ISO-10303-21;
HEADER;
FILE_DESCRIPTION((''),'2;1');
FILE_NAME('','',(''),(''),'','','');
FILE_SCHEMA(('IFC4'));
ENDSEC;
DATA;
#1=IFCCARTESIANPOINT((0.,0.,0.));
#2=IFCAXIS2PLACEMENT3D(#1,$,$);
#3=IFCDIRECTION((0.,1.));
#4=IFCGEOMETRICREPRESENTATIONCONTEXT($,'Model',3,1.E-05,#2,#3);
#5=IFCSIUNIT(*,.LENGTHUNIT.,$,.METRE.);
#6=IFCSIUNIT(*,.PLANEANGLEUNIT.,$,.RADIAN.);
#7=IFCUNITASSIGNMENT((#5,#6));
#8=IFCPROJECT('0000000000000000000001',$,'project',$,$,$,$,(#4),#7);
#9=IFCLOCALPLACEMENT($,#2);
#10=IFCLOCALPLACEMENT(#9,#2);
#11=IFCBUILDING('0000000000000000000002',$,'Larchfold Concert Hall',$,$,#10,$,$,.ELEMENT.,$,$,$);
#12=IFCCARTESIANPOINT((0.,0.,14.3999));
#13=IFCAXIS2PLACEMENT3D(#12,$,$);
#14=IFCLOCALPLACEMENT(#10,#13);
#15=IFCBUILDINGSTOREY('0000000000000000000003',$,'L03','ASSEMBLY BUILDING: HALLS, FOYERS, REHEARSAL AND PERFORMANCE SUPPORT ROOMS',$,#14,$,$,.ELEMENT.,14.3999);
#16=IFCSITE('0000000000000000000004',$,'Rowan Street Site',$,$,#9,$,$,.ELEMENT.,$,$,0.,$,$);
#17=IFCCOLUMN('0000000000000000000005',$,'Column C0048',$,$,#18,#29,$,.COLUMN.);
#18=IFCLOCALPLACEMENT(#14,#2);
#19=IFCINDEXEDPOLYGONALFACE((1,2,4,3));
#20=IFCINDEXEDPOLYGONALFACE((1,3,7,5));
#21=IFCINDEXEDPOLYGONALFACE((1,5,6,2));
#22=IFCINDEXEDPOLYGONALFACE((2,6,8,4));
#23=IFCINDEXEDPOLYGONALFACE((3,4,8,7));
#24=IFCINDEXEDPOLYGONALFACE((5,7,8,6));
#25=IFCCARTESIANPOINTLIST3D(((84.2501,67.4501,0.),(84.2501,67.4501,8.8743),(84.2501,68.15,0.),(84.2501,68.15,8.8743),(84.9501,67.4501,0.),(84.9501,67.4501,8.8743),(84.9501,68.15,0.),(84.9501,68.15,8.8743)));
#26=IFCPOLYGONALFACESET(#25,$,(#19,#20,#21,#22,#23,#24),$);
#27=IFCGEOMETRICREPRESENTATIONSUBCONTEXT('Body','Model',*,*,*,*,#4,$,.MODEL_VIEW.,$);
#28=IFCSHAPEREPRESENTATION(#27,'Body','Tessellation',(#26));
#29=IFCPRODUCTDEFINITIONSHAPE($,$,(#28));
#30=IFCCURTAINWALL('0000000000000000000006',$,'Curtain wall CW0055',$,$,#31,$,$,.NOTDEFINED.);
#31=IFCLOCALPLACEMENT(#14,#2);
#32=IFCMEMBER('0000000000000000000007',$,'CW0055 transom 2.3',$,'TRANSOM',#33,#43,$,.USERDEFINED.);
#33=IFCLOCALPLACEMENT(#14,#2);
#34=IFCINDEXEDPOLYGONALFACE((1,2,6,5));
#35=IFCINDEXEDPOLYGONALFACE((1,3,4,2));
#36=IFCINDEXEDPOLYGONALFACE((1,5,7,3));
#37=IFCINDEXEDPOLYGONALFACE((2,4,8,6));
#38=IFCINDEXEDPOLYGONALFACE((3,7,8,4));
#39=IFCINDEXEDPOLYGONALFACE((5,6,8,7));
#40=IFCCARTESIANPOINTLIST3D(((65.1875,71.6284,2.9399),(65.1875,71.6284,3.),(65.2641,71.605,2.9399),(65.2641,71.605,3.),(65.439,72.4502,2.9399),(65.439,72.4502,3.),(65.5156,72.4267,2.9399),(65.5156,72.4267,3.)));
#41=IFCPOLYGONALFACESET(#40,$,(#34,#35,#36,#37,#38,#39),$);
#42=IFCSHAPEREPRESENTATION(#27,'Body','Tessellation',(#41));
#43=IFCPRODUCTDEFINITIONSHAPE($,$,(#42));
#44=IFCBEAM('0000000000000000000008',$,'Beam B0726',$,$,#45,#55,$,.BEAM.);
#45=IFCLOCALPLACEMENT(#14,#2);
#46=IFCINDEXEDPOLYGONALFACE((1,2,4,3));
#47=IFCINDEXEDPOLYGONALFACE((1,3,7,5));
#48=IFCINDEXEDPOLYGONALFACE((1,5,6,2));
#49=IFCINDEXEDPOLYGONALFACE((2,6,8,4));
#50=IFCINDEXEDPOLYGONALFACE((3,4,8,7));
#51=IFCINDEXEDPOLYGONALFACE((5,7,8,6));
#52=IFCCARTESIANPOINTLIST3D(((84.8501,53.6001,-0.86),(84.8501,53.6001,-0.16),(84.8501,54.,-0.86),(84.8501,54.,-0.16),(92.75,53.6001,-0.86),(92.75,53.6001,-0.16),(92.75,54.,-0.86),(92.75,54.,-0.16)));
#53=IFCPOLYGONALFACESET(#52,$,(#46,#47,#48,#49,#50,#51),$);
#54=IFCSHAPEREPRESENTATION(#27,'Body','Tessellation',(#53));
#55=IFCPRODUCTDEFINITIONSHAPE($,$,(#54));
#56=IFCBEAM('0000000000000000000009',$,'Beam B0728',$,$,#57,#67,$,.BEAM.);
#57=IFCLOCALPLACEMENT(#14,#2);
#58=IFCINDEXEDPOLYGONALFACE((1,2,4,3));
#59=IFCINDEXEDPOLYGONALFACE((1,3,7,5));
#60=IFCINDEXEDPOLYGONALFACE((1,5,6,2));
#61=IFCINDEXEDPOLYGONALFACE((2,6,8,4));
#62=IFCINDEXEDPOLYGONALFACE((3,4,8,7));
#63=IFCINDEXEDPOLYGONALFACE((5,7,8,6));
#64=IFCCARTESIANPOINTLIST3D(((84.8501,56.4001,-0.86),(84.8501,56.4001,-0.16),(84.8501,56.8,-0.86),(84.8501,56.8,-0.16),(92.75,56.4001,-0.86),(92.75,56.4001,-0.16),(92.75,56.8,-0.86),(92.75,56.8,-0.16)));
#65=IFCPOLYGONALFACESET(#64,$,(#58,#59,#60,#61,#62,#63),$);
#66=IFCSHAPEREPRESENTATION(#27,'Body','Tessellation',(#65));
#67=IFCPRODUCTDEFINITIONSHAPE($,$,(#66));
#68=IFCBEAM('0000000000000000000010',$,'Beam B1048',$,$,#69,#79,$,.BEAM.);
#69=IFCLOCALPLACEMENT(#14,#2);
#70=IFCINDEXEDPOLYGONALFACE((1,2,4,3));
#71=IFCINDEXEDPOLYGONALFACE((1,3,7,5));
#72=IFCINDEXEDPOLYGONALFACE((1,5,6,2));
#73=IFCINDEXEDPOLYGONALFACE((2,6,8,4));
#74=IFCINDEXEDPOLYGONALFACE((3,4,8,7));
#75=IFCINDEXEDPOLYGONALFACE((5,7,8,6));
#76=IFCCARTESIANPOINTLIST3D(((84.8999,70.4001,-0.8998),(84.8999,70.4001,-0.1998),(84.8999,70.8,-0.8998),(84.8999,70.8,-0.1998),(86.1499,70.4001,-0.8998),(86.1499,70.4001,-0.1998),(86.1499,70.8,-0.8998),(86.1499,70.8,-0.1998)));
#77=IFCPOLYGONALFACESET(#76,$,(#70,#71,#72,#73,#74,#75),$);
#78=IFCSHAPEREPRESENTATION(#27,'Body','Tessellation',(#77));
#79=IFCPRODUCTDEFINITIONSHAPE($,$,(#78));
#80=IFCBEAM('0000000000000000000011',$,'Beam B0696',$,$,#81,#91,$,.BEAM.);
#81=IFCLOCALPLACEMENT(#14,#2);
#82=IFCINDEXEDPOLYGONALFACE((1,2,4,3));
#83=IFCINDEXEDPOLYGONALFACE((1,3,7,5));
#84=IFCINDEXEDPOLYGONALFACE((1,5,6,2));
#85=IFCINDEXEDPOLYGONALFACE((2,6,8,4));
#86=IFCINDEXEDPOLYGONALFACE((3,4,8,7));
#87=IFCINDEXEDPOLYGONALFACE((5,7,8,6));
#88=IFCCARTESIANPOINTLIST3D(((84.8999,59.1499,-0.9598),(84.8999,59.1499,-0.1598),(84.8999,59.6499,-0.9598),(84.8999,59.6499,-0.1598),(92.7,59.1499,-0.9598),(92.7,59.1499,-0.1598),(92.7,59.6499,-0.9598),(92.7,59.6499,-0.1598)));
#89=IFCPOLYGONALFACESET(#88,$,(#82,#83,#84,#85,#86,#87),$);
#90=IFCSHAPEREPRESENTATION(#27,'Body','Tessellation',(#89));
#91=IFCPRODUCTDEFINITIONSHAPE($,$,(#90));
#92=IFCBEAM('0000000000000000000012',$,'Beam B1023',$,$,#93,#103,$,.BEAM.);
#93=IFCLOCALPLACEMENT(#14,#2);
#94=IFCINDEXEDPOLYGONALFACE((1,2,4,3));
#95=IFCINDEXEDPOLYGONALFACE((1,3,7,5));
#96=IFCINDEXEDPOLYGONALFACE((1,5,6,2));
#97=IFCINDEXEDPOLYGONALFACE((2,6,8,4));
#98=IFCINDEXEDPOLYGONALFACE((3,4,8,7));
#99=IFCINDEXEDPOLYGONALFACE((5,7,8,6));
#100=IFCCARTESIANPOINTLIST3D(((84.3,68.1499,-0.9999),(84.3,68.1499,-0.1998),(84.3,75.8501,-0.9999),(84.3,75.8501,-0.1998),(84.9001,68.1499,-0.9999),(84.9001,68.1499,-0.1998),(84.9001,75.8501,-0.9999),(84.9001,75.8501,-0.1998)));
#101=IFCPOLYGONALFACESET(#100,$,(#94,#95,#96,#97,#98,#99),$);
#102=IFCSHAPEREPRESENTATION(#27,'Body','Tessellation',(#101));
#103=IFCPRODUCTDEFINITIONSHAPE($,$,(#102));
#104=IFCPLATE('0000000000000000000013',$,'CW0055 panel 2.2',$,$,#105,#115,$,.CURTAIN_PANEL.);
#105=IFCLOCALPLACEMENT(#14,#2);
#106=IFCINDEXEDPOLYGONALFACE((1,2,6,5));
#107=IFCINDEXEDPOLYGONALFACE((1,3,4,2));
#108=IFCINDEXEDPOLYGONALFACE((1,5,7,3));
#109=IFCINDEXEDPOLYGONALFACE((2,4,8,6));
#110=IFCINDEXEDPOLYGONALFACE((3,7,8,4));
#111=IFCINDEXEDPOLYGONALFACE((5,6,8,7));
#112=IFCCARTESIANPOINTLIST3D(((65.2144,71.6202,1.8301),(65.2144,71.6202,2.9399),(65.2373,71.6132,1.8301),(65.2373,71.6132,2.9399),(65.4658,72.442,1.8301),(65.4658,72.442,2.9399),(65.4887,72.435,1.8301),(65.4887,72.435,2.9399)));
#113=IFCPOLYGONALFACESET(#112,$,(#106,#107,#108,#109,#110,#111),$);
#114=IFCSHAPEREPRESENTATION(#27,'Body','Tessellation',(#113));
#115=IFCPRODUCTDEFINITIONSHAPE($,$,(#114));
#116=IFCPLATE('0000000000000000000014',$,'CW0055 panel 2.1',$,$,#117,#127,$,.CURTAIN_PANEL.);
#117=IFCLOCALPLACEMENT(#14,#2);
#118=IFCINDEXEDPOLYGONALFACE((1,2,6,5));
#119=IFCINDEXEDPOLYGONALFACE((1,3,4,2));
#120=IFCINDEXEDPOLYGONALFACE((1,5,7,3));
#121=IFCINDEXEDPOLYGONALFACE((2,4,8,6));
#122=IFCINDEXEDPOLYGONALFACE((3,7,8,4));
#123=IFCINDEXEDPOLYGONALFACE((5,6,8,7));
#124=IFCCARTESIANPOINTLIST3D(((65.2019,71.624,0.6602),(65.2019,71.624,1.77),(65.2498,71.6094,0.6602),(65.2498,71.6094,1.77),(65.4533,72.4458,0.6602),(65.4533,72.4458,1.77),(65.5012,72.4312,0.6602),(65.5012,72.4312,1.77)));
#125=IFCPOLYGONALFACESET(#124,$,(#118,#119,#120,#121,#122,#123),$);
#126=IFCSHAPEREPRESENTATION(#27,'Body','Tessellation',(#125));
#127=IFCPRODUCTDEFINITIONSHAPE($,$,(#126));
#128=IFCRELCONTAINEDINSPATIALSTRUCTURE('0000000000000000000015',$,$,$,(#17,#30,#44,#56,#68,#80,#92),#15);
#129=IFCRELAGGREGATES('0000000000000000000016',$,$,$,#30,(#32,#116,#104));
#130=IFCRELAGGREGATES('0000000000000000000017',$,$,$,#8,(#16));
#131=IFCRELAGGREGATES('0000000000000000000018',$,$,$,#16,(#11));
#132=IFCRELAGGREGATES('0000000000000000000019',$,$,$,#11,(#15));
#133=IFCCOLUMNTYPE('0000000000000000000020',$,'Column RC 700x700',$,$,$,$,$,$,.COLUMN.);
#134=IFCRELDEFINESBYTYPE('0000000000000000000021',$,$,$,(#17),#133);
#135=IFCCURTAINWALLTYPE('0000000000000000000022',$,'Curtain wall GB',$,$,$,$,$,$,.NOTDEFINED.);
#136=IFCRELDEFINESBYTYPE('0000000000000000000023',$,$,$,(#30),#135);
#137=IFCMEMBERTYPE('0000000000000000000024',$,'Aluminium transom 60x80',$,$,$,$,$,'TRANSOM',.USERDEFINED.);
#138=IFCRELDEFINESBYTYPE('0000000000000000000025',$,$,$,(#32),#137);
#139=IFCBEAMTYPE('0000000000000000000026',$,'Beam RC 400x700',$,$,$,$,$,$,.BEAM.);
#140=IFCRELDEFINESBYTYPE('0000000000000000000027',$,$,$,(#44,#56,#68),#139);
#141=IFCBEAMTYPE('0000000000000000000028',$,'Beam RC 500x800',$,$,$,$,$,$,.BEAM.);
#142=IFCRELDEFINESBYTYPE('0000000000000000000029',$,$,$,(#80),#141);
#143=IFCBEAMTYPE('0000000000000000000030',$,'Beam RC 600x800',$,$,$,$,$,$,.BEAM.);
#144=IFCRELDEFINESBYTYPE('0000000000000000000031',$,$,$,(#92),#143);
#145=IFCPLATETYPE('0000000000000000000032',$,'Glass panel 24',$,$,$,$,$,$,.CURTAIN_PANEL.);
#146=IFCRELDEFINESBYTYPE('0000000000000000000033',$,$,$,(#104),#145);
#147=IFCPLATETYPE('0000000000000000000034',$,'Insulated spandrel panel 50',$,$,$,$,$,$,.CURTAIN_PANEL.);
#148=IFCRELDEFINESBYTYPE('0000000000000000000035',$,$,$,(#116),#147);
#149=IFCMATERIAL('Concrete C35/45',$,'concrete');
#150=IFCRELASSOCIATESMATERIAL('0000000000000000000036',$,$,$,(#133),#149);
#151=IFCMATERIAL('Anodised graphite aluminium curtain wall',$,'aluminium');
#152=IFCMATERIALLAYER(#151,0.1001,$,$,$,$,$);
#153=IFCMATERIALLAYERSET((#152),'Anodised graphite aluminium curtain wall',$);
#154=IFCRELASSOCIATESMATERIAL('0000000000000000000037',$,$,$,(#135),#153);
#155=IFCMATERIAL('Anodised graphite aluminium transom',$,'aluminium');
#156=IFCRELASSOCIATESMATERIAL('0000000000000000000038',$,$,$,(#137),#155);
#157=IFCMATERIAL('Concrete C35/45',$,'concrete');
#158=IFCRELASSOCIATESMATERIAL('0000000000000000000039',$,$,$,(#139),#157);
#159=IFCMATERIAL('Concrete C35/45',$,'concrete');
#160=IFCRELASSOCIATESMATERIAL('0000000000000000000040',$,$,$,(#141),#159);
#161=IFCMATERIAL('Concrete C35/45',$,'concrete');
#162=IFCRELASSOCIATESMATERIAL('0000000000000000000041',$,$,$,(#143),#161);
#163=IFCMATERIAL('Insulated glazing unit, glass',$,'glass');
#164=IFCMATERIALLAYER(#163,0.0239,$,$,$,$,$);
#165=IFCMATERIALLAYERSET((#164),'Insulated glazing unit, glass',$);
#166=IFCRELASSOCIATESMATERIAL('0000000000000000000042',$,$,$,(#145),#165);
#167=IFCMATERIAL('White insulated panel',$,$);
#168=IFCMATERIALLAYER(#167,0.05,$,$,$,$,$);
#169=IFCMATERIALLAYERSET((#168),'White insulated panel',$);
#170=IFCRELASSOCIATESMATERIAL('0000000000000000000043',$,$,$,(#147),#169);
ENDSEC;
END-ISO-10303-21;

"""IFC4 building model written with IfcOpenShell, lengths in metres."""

from ifc_helpers import new_model, si_unit, direction, frame, origin, origin_2d, place, context, subcontext, project, spatial, rectangle, extrude, material, layer, layer_set, material_profile, profile_set, type_object, element, aggregate, save


model = new_model("IFC4")

# Units and contexts
model_context = context("Model", 3, precision=1e-05, world=origin(), true_north=direction((0.0, 1.0)))
body_context = subcontext(model_context, "Body", "Model", "MODEL_VIEW")
ifc_project = project(units=[si_unit("LENGTHUNIT", "METRE"), si_unit("PLANEANGLEUNIT", "RADIAN")], contexts=[model_context])

# Site, building, storey
site_placement = place(None, origin())
site = spatial("IfcSite", under=ifc_project, at=site_placement, Name="Rowan Street Site", CompositionType="ELEMENT", RefElevation=0.0)
building_placement = place(site_placement, origin())
building = spatial("IfcBuilding", under=site, at=building_placement, Name="Larchfold Concert Hall", CompositionType="ELEMENT")
storey_placement = place(building_placement, frame((0.0, 0.0, 14.3999)))
storey = spatial("IfcBuildingStorey", under=building, at=storey_placement, Name="L03", Description="ASSEMBLY BUILDING: HALLS, FOYERS, REHEARSAL AND PERFORMANCE SUPPORT ROOMS", CompositionType="ELEMENT", Elevation=14.3999)

# Column
ifc_material_1 = material(Name="Concrete C35/45", Category="concrete")
ifc_material_profile_1 = material_profile(ifc_material_1, rectangle(XDim=0.7, YDim=0.7, at=origin_2d()))
ifc_profile_set_1 = profile_set([ifc_material_profile_1], Name="Concrete C35/45")
column_type = type_object("IfcColumnType", Name="Column RC 700x700", PredefinedType="COLUMN", material=ifc_profile_set_1)
column_placement = place(storey_placement, frame((84.6001, 67.8, 0.0), z_axis=(0.0, 0.0, 1.0), x_axis=(1.0, 0.0, 0.0)))
element("IfcColumn", 1, at=column_placement, inside=storey, type_object=column_type, Name="Column C0048", PredefinedType="COLUMN", context=body_context, shape_type="SweptSolid", body=[
    extrude(rectangle(XDim=0.7, YDim=0.7, at=origin_2d()), origin(), (0.0, 0.0, 1.0), 8.8743),
])

# Curtain wall, member
ifc_material_2 = material(Name="Anodised graphite aluminium curtain wall", Category="aluminium")
ifc_layer_1 = layer(ifc_material_2, 0.1001)
ifc_layer_set_1 = layer_set([ifc_layer_1], Name="Anodised graphite aluminium curtain wall")
curtain_wall_type = type_object("IfcCurtainWallType", Name="Curtain wall GB", PredefinedType="NOTDEFINED", material=ifc_layer_set_1)
curtain_wall_placement = place(storey_placement, origin())
curtain_wall = element("IfcCurtainWall", 2, at=curtain_wall_placement, inside=storey, type_object=curtain_wall_type, Name="Curtain wall CW0055", PredefinedType="NOTDEFINED")
ifc_material_3 = material(Name="Anodised graphite aluminium transom", Category="aluminium")
ifc_material_profile_2 = material_profile(ifc_material_3, rectangle(XDim=0.0801, YDim=0.0601, at=origin_2d()))
ifc_profile_set_2 = profile_set([ifc_material_profile_2], Name="Anodised graphite aluminium transom")
member_type = type_object("IfcMemberType", Name="Aluminium transom 60x80", ElementType="TRANSOM", PredefinedType="USERDEFINED", material=ifc_profile_set_2)
member_placement = place(storey_placement, frame((65.2258, 71.6167, 2.97), z_axis=(0.292608, 0.956232, 0.0), x_axis=(-0.956232, 0.292608, 0.0)))
member = element("IfcMember", 3, at=member_placement, type_object=member_type, Name="CW0055 transom 2.3", ObjectType="TRANSOM", PredefinedType="USERDEFINED", context=body_context, shape_type="SweptSolid", body=[
    extrude(rectangle(XDim=0.0801, YDim=0.0601, at=origin_2d()), origin(), (0.0, 0.0, 1.0), 0.8594),
])

# Beams
ifc_material_4 = material(Name="Concrete C35/45", Category="concrete")
ifc_material_profile_3 = material_profile(ifc_material_4, rectangle(XDim=0.3999, YDim=0.7, at=origin_2d()))
ifc_profile_set_3 = profile_set([ifc_material_profile_3], Name="Concrete C35/45")
beam_type_1 = type_object("IfcBeamType", Name="Beam RC 400x700", PredefinedType="BEAM", material=ifc_profile_set_3)
for number, where, z_axis, x_axis, name in (
    (4, (84.8501, 53.8, -0.51), (1.0, 0.0, 0.0), (0.0, 1.0, 0.0), "Beam B0726"),
    (5, (84.8501, 56.6001, -0.51), (1.0, 0.0, 0.0), (0.0, 1.0, 0.0), "Beam B0728"),
):
    element("IfcBeam", number, at=place(storey_placement, frame(where, z_axis=z_axis, x_axis=x_axis)), inside=storey, type_object=beam_type_1, Name=name, PredefinedType="BEAM", context=body_context, shape_type="SweptSolid", body=[
        extrude(rectangle(XDim=0.3999, YDim=0.7, at=origin_2d()), origin(), (0.0, 0.0, 1.0), 7.8999),
    ])
beam_1_placement = place(storey_placement, frame((84.8999, 70.6001, -0.5498), z_axis=(1.0, 0.0, 0.0), x_axis=(0.0, 1.0, 0.0)))
element("IfcBeam", 6, at=beam_1_placement, inside=storey, type_object=beam_type_1, Name="Beam B1048", PredefinedType="BEAM", context=body_context, shape_type="SweptSolid", body=[
    extrude(rectangle(XDim=0.3999, YDim=0.7, at=origin_2d()), origin(), (0.0, 0.0, 1.0), 1.25),
])
ifc_material_5 = material(Name="Concrete C35/45", Category="concrete")
ifc_material_profile_4 = material_profile(ifc_material_5, rectangle(XDim=0.5, YDim=0.8, at=origin_2d()))
ifc_profile_set_4 = profile_set([ifc_material_profile_4], Name="Concrete C35/45")
beam_type_2 = type_object("IfcBeamType", Name="Beam RC 500x800", PredefinedType="BEAM", material=ifc_profile_set_4)
beam_2_placement = place(storey_placement, frame((84.8999, 59.3999, -0.5598), z_axis=(1.0, 0.0, 0.0), x_axis=(0.0, 1.0, 0.0)))
element("IfcBeam", 7, at=beam_2_placement, inside=storey, type_object=beam_type_2, Name="Beam B0696", PredefinedType="BEAM", context=body_context, shape_type="SweptSolid", body=[
    extrude(rectangle(XDim=0.5, YDim=0.8, at=origin_2d()), origin(), (0.0, 0.0, 1.0), 7.8),
])
ifc_material_6 = material(Name="Concrete C35/45", Category="concrete")
ifc_material_profile_5 = material_profile(ifc_material_6, rectangle(XDim=0.6001, YDim=0.8, at=origin_2d()))
ifc_profile_set_5 = profile_set([ifc_material_profile_5], Name="Concrete C35/45")
beam_type_3 = type_object("IfcBeamType", Name="Beam RC 600x800", PredefinedType="BEAM", material=ifc_profile_set_5)
beam_3_placement = place(storey_placement, frame((84.6001, 68.1499, -0.5999), z_axis=(0.0, 1.0, 0.0), x_axis=(-1.0, 0.0, 0.0)))
element("IfcBeam", 8, at=beam_3_placement, inside=storey, type_object=beam_type_3, Name="Beam B1023", PredefinedType="BEAM", context=body_context, shape_type="SweptSolid", body=[
    extrude(rectangle(XDim=0.6001, YDim=0.8, at=origin_2d()), origin(), (0.0, 0.0, 1.0), 7.7002),
])

# Plates
ifc_material_7 = material(Name="Insulated glazing unit, glass", Category="glass")
ifc_layer_2 = layer(ifc_material_7, 0.0239)
ifc_layer_set_2 = layer_set([ifc_layer_2], Name="Insulated glazing unit, glass")
plate_type_1 = type_object("IfcPlateType", Name="Glass panel 24", PredefinedType="CURTAIN_PANEL", material=ifc_layer_set_2)
plate_1_placement = place(storey_placement, frame((65.3516, 72.0276, 1.8301), z_axis=(0.0, 0.0, 1.0), x_axis=(0.292522, 0.956259, 0.0)))
plate_1 = element("IfcPlate", 9, at=plate_1_placement, type_object=plate_type_1, Name="CW0055 panel 2.2", PredefinedType="CURTAIN_PANEL", context=body_context, shape_type="SweptSolid", body=[
    extrude(rectangle(XDim=0.8594, YDim=0.0239, at=origin_2d()), origin(), (0.0, 0.0, 1.0), 1.1099),
])
ifc_material_8 = material(Name="White insulated panel")
ifc_layer_3 = layer(ifc_material_8, 0.05)
ifc_layer_set_3 = layer_set([ifc_layer_3], Name="White insulated panel")
plate_type_2 = type_object("IfcPlateType", Name="Insulated spandrel panel 50", PredefinedType="CURTAIN_PANEL", material=ifc_layer_set_3)
plate_2_placement = place(storey_placement, frame((65.3516, 72.0276, 0.6602), z_axis=(0.0, 0.0, 1.0), x_axis=(0.292522, 0.956259, 0.0)))
plate_2 = element("IfcPlate", 10, at=plate_2_placement, type_object=plate_type_2, Name="CW0055 panel 2.1", PredefinedType="CURTAIN_PANEL", context=body_context, shape_type="SweptSolid", body=[
    extrude(rectangle(XDim=0.8594, YDim=0.05, at=origin_2d()), origin(), (0.0, 0.0, 1.0), 1.1099),
])
aggregate(curtain_wall, [member, plate_2, plate_1])

save(model, "model.ifc")
